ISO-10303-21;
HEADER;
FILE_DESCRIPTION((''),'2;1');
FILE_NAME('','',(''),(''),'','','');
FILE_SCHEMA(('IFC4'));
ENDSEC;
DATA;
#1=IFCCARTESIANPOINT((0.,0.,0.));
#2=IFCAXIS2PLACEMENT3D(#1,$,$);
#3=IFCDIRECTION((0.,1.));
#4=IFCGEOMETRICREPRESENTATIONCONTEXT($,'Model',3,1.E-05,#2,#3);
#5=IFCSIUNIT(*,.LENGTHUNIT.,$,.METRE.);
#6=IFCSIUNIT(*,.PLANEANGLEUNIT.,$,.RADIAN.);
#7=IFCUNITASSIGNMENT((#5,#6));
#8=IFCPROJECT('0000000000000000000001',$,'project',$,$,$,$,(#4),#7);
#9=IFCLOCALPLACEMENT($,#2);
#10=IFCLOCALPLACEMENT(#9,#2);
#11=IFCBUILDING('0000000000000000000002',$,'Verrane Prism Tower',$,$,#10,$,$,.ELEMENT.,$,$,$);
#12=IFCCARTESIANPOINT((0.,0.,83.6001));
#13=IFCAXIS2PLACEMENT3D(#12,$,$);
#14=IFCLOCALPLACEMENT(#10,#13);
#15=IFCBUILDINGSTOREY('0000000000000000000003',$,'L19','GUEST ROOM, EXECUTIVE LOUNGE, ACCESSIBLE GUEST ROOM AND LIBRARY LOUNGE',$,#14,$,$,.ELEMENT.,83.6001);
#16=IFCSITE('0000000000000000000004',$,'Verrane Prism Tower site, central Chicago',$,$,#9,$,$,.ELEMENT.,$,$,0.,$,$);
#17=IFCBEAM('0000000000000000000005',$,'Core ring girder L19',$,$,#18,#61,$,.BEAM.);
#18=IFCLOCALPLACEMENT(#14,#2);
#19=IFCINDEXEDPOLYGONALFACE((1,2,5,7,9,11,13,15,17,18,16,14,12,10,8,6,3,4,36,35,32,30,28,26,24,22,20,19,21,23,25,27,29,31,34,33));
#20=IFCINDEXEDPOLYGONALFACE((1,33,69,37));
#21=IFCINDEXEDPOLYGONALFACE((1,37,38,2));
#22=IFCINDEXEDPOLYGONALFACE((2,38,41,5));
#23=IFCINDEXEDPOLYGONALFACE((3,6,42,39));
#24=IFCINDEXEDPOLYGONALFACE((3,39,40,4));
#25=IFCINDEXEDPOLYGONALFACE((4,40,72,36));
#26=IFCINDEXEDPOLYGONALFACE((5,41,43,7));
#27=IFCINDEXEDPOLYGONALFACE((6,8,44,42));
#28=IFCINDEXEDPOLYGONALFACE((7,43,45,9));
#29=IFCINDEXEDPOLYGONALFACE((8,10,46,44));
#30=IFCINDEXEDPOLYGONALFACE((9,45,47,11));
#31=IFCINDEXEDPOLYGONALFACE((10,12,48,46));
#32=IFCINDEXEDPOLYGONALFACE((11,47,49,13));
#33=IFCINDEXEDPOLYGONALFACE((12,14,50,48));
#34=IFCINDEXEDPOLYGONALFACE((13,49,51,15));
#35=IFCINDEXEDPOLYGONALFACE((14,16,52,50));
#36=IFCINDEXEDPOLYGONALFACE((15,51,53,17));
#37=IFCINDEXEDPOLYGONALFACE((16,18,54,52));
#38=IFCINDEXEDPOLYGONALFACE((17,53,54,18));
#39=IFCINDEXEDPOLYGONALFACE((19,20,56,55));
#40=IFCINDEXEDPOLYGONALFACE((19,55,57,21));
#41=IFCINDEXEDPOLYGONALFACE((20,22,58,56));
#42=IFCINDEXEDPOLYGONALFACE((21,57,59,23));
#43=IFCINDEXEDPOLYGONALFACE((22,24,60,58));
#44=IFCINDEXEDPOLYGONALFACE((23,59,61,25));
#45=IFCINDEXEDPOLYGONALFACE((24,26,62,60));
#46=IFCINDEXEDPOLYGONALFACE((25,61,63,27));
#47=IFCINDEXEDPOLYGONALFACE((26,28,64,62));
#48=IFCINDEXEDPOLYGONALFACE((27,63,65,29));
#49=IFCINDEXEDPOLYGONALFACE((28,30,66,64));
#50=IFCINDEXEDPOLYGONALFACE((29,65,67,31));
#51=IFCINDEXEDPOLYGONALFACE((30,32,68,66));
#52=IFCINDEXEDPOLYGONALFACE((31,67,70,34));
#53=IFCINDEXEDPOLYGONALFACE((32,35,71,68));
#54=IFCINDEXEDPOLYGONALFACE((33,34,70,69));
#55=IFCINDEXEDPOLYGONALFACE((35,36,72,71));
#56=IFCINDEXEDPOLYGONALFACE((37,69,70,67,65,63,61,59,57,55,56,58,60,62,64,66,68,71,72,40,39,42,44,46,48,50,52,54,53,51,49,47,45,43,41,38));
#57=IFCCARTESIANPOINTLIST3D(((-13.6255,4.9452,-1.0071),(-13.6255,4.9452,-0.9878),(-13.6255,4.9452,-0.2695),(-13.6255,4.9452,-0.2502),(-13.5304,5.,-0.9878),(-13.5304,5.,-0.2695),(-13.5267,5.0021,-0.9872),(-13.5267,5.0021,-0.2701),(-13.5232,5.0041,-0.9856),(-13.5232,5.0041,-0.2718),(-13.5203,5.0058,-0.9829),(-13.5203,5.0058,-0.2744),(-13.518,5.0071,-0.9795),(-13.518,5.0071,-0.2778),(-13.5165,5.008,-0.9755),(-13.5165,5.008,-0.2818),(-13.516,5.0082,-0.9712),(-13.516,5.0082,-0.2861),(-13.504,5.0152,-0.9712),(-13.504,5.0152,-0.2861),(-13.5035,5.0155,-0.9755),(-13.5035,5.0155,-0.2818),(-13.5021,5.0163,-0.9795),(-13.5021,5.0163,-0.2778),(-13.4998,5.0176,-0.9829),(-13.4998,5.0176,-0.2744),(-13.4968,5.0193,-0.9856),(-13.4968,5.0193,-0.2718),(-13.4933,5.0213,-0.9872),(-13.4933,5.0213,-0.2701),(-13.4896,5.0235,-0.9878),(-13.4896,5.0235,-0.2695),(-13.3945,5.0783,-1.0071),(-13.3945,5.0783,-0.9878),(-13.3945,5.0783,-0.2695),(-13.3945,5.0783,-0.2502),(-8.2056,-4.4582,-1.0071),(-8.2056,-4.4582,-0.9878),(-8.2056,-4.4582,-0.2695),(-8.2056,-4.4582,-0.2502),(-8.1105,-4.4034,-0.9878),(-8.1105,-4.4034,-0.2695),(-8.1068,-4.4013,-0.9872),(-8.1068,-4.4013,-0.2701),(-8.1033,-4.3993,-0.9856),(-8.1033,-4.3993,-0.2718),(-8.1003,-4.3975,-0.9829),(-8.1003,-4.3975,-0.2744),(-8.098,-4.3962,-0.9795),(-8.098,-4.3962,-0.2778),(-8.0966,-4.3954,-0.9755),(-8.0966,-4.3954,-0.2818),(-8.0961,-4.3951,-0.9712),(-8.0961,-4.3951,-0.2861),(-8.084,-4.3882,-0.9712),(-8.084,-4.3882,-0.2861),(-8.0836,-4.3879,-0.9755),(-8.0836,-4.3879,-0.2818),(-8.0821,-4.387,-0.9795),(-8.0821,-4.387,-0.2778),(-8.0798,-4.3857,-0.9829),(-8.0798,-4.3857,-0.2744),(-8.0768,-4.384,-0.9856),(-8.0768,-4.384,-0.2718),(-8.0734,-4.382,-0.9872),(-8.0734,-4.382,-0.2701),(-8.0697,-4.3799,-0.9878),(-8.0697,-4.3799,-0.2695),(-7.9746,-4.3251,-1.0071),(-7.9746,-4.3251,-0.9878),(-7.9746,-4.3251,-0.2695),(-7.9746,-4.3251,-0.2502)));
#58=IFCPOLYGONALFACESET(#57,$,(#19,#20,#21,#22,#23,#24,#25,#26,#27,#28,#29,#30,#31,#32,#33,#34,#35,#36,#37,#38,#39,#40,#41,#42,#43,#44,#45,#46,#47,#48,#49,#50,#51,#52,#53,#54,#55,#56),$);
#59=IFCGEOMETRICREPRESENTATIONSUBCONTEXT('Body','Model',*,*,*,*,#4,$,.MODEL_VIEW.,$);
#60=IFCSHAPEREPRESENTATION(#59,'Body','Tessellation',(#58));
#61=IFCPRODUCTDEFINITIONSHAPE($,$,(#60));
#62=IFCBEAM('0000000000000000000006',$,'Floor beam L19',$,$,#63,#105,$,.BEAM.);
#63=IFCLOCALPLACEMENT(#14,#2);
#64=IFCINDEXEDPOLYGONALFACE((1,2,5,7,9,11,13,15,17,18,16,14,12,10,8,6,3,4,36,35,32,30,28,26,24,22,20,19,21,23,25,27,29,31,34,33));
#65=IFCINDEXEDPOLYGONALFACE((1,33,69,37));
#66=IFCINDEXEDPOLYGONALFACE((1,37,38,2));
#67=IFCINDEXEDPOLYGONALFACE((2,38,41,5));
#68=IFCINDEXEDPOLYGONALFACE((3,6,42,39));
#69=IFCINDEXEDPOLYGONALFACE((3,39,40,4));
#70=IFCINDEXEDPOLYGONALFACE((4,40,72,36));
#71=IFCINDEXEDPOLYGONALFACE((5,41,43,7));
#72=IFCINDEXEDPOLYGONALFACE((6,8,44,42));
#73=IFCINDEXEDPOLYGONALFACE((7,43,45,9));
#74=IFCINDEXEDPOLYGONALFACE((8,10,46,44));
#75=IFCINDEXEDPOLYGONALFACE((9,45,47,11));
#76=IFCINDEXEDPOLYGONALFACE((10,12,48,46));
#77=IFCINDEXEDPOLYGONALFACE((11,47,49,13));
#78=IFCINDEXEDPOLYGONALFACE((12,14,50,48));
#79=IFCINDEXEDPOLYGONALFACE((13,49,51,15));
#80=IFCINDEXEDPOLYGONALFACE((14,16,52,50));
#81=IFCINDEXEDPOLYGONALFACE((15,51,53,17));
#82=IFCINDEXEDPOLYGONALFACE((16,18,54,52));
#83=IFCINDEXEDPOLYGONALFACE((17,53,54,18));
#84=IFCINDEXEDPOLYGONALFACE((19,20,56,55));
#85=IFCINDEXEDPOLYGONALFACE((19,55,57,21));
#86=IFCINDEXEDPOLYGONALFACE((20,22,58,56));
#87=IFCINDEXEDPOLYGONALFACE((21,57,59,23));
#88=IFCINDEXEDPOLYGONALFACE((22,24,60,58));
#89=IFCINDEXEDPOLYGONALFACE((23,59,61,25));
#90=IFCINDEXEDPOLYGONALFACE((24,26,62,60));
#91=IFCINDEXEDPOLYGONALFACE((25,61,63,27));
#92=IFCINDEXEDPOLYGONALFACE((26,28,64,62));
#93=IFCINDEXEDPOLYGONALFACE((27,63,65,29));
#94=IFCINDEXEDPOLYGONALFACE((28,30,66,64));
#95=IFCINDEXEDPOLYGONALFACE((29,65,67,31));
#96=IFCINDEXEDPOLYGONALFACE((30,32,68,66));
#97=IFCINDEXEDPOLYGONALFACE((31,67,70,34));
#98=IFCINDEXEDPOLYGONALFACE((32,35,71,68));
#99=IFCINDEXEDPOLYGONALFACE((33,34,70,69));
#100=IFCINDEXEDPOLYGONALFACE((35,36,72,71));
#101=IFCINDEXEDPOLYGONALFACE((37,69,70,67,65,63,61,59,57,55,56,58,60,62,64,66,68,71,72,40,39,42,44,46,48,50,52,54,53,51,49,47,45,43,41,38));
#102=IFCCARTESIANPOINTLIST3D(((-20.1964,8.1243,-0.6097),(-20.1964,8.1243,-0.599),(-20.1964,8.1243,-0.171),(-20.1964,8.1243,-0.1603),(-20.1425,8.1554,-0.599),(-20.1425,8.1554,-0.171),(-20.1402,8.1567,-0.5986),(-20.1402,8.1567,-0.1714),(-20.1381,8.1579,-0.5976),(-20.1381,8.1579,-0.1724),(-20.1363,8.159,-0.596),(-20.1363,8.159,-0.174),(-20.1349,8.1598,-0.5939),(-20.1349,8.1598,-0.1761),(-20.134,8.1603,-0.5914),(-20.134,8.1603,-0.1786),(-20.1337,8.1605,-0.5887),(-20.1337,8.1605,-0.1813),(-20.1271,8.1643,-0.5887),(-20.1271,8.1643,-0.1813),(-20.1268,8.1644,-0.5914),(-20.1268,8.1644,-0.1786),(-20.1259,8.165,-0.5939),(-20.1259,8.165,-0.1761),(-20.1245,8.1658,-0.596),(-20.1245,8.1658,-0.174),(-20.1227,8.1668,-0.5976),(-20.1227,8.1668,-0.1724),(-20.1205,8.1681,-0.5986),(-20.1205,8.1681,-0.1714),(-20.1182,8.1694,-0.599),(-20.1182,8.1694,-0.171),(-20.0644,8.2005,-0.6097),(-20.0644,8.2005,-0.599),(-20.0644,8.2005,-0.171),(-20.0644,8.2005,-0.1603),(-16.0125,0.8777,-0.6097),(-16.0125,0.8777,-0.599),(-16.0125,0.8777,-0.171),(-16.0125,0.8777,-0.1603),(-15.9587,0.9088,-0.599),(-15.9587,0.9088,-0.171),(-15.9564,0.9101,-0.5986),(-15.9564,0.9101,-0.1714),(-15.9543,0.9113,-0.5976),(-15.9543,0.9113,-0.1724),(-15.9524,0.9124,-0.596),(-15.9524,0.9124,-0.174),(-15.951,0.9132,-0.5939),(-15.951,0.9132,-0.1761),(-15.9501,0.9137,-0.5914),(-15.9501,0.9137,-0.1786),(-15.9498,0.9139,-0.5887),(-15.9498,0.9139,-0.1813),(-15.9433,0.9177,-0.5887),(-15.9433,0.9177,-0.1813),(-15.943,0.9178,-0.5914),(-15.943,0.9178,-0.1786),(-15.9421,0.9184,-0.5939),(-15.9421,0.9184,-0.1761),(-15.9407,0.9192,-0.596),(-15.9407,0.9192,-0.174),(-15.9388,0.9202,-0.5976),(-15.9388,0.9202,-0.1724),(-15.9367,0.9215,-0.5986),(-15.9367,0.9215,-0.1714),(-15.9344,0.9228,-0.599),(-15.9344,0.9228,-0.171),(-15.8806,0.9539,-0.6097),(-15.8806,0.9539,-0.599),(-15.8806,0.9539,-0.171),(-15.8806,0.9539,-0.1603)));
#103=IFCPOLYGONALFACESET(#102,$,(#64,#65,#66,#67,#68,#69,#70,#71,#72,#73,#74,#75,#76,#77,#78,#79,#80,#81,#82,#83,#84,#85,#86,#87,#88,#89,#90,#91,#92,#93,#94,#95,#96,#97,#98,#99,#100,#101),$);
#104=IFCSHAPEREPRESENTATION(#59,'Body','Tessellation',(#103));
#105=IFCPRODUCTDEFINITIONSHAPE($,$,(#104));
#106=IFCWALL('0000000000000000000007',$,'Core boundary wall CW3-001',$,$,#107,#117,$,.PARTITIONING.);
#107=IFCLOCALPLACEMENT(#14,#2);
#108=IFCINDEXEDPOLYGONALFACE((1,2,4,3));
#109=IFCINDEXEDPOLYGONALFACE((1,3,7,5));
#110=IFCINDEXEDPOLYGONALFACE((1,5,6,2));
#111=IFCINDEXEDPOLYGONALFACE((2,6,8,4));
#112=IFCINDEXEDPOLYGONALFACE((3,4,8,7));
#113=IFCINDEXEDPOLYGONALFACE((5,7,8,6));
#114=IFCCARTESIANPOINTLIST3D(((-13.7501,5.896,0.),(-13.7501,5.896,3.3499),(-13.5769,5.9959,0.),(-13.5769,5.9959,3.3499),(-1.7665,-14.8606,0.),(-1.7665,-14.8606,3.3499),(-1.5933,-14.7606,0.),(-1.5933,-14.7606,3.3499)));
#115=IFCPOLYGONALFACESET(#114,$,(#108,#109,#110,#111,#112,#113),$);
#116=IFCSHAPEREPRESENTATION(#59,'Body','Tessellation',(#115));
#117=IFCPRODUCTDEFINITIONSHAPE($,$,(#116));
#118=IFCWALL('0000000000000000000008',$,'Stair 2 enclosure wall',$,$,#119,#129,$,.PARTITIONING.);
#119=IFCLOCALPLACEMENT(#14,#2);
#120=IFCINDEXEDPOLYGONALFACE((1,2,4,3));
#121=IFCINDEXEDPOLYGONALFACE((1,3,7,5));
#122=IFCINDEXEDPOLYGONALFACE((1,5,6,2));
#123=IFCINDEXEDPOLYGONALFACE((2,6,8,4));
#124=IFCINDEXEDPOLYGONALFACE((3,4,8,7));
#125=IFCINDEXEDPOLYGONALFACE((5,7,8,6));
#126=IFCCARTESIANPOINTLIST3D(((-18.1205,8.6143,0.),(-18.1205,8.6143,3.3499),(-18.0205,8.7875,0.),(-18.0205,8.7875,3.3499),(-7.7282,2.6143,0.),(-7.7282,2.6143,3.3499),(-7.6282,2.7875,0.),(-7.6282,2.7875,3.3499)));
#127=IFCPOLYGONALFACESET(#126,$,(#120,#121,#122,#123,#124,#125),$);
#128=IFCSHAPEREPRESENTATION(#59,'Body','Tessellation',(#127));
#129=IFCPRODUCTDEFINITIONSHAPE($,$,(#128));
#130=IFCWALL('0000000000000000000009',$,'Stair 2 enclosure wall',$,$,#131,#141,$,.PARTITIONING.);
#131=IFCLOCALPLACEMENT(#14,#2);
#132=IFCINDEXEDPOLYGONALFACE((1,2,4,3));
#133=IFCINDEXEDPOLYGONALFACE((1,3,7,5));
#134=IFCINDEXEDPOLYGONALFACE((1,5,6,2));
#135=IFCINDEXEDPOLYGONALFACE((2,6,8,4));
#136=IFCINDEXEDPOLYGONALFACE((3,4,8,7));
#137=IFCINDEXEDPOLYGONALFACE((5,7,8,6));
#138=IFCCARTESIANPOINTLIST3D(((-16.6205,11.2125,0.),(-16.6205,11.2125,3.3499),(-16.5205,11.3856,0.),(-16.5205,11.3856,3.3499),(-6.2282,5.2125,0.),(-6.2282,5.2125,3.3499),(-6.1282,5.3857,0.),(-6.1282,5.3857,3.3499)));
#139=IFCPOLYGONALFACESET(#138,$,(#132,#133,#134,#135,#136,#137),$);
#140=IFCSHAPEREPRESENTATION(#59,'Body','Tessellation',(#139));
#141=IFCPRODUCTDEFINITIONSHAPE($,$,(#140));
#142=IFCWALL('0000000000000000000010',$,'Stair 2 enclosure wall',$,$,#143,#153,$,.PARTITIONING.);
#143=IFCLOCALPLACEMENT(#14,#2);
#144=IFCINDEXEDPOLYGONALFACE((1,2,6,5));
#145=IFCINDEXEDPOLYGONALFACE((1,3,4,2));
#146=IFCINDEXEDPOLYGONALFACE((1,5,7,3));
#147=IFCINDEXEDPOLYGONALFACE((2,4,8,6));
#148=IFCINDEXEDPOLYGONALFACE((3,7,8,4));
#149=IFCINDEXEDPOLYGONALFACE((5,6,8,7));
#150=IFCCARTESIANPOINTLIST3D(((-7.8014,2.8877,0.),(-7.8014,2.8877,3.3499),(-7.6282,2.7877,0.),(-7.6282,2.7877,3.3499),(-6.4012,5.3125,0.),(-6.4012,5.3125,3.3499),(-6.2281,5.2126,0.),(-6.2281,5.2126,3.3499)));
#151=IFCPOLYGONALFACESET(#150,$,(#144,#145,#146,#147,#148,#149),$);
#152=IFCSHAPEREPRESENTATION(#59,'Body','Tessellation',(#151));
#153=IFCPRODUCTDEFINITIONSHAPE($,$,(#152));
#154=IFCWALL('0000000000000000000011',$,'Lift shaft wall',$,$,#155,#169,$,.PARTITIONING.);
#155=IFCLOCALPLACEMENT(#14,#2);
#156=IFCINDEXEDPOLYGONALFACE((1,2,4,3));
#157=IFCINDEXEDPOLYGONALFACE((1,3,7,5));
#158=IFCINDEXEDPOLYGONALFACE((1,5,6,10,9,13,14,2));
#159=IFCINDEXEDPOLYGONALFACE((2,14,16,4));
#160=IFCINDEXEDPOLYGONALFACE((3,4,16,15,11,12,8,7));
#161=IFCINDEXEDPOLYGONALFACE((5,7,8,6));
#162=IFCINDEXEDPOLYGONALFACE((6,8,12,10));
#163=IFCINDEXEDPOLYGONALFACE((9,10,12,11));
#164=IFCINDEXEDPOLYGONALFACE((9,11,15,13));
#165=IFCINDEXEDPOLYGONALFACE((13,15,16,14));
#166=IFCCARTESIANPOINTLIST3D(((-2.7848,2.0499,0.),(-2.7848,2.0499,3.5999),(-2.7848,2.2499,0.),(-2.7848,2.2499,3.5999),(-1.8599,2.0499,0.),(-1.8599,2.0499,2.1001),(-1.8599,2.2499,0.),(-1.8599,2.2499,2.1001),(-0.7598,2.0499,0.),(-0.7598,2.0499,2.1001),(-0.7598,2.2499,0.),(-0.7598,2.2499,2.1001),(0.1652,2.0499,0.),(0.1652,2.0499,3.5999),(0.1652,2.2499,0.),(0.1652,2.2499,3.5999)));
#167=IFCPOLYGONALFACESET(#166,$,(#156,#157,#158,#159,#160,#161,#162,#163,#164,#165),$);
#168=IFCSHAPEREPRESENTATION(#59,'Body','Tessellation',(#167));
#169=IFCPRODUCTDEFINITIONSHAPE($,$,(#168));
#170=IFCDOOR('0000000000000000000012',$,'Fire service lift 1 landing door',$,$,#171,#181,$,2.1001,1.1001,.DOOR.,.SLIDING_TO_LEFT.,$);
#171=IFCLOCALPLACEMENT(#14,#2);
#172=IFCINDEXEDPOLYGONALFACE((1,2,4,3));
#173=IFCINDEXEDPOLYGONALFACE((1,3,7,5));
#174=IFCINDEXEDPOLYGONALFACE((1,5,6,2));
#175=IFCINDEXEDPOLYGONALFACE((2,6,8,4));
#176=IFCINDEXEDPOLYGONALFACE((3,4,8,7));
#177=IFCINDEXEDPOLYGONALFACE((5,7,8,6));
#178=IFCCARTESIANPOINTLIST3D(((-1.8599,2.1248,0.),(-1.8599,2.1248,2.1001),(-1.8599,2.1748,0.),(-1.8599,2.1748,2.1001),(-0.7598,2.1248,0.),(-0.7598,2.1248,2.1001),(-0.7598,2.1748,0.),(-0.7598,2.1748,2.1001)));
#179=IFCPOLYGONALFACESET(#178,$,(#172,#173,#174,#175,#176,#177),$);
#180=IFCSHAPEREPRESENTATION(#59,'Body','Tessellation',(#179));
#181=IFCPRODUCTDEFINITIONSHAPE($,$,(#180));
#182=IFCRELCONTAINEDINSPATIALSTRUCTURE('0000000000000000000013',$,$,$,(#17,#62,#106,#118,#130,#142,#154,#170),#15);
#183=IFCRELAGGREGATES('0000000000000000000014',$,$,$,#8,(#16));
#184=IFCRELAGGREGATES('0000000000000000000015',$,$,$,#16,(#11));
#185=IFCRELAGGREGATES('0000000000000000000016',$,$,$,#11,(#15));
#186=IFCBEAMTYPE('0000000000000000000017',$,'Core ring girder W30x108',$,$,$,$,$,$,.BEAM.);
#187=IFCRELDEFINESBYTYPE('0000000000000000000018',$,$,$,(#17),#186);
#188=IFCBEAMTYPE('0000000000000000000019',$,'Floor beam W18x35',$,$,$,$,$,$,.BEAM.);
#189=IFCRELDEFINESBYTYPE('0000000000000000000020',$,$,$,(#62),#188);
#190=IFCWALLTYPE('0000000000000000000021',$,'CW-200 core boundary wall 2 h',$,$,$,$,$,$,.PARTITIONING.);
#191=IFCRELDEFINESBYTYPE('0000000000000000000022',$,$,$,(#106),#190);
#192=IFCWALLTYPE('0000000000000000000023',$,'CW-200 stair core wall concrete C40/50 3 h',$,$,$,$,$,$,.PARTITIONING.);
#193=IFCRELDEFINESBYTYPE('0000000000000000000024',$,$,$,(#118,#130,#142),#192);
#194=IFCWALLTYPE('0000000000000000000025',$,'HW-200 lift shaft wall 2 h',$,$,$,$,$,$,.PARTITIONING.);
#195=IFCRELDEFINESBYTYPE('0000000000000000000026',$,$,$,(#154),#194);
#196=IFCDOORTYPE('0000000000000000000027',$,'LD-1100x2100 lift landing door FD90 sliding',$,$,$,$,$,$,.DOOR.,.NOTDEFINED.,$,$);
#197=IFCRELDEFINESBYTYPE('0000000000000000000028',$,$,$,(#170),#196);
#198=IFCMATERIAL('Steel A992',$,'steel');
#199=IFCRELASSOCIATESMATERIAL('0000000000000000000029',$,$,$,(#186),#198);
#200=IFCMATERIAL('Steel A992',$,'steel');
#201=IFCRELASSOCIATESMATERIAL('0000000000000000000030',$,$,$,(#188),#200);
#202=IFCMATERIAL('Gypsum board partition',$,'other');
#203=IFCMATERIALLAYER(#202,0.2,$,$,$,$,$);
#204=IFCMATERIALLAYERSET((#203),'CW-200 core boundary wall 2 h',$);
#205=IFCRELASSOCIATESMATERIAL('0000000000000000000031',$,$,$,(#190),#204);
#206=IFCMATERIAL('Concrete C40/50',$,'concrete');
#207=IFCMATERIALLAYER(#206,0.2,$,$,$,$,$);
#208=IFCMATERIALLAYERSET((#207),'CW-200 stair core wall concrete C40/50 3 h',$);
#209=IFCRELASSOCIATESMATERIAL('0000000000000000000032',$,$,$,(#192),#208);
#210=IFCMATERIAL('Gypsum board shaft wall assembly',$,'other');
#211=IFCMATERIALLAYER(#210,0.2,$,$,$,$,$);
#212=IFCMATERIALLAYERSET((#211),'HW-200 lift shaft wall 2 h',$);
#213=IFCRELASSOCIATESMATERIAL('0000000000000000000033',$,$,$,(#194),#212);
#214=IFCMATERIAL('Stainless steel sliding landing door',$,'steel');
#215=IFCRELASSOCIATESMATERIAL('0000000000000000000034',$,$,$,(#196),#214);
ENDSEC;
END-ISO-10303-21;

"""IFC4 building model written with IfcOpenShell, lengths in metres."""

from ifc_helpers import new_model, si_unit, direction, frame, frame_2d, origin, origin_2d, place, context, subcontext, project, spatial, rectangle, i_section, extrude, material, layer, layer_set, material_profile, profile_set, type_object, element, fill, save


model = new_model("IFC4")

# Units and contexts
model_context = context("Model", 3, precision=1e-05, world=origin(), true_north=direction((0.0, 1.0)))
body_context = subcontext(model_context, "Body", "Model", "MODEL_VIEW")
ifc_project = project(units=[si_unit("LENGTHUNIT", "METRE"), si_unit("PLANEANGLEUNIT", "RADIAN")], contexts=[model_context])

# Site, building, storey
site_placement = place(None, origin())
site = spatial("IfcSite", under=ifc_project, at=site_placement, Name="Verrane Prism Tower site, central Chicago", CompositionType="ELEMENT", RefElevation=0.0)
building_placement = place(site_placement, origin())
building = spatial("IfcBuilding", under=site, at=building_placement, Name="Verrane Prism Tower", CompositionType="ELEMENT")
storey_placement = place(building_placement, frame((0.0, 0.0, 83.6001)))
storey = spatial("IfcBuildingStorey", under=building, at=storey_placement, Name="L19", Description="GUEST ROOM, EXECUTIVE LOUNGE, ACCESSIBLE GUEST ROOM AND LIBRARY LOUNGE", CompositionType="ELEMENT", Elevation=83.6001)

# Beams
ifc_material_1 = material(Name="Steel A992", Category="steel")
ifc_material_profile_1 = material_profile(ifc_material_1, i_section(OverallWidth=0.2666, OverallDepth=0.7568, WebThickness=0.0139, FlangeThickness=0.0193, FilletRadius=0.0166, at=origin_2d()), Name="W30x108")
ifc_profile_set_1 = profile_set([ifc_material_profile_1], Name="Steel A992")
beam_type_1 = type_object("IfcBeamType", Name="Core ring girder W30x108", PredefinedType="BEAM", material=ifc_profile_set_1)
beam_1_placement = place(storey_placement, frame((-13.51, 5.0117, -0.6287), z_axis=(0.499372, -0.866388, 0.0), x_axis=(0.866388, 0.499372, 0.0)))
element("IfcBeam", 1, at=beam_1_placement, inside=storey, type_object=beam_type_1, Name="Core ring girder L19", PredefinedType="BEAM", context=body_context, shape_type="SweptSolid", body=[
    extrude(i_section(OverallWidth=0.2666, OverallDepth=0.7568, WebThickness=0.0139, FlangeThickness=0.0193, FilletRadius=0.0166, at=origin_2d()), origin(), (0.0, 0.0, 1.0), 10.8535),
])
ifc_material_2 = material(Name="Steel A992", Category="steel")
ifc_material_profile_2 = material_profile(ifc_material_2, i_section(OverallWidth=0.1523, OverallDepth=0.4495, WebThickness=0.0076, FlangeThickness=0.0107, FilletRadius=0.0103, at=origin_2d()), Name="W18x35")
ifc_profile_set_2 = profile_set([ifc_material_profile_2], Name="Steel A992")
beam_type_2 = type_object("IfcBeamType", Name="Floor beam W18x35", PredefinedType="BEAM", material=ifc_profile_set_2)
beam_2_placement = place(storey_placement, frame((-15.9465, 0.9158, -0.385), z_axis=(-0.500002, 0.866024, 0.0), x_axis=(-0.866024, -0.500002, 0.0)))
element("IfcBeam", 2, at=beam_2_placement, inside=storey, type_object=beam_type_2, Name="Floor beam L19", PredefinedType="BEAM", context=body_context, shape_type="SweptSolid", body=[
    extrude(i_section(OverallWidth=0.1523, OverallDepth=0.4495, WebThickness=0.0076, FlangeThickness=0.0107, FilletRadius=0.0103, at=origin_2d()), origin(), (0.0, 0.0, 1.0), 8.3677),
])

# Walls
ifc_material_3 = material(Name="Gypsum board partition", Category="other")
ifc_layer_1 = layer(ifc_material_3, 0.2)
ifc_layer_set_1 = layer_set([ifc_layer_1], Name="CW-200 core boundary wall 2 h")
wall_type_1 = type_object("IfcWallType", Name="CW-200 core boundary wall 2 h", PredefinedType="PARTITIONING", material=ifc_layer_set_1)
wall_1_placement = place(storey_placement, frame((-13.6636, 5.946, 0.0), z_axis=(0.0, 0.0, 1.0), x_axis=(0.499994, -0.866029, 0.0)))
element("IfcWall", 3, at=wall_1_placement, inside=storey, type_object=wall_type_1, Name="Core boundary wall CW3-001", PredefinedType="PARTITIONING", context=body_context, shape_type="SweptSolid", body=[
    extrude(rectangle(XDim=23.9675, YDim=0.2, at=frame_2d((11.9839, 0.0))), origin(), (0.0, 0.0, 1.0), 3.3499),
])
ifc_material_4 = material(Name="Concrete C40/50", Category="concrete")
ifc_layer_2 = layer(ifc_material_4, 0.2)
ifc_layer_set_2 = layer_set([ifc_layer_2], Name="CW-200 stair core wall concrete C40/50 3 h")
wall_type_2 = type_object("IfcWallType", Name="CW-200 stair core wall concrete C40/50 3 h", PredefinedType="PARTITIONING", material=ifc_layer_set_2)
for number, where, z_axis, x_axis, name in (
    (4, (-7.6782, 2.7009, 0.0), (0.0, 0.0, 1.0), (-0.866026, 0.499999, 0.0), "Stair 2 enclosure wall"),
    (5, (-6.1782, 5.2991, 0.0), (0.0, 0.0, 1.0), (-0.866026, 0.499999, 0.0), "Stair 2 enclosure wall"),
):
    element("IfcWall", number, at=place(storey_placement, frame(where, z_axis=z_axis, x_axis=x_axis)), inside=storey, type_object=wall_type_2, Name=name, PredefinedType="PARTITIONING", context=body_context, shape_type="SweptSolid", body=[
        extrude(rectangle(XDim=12.0, YDim=0.2, at=frame_2d((6.0, 0.0))), origin(), (0.0, 0.0, 1.0), 3.3499),
    ])
wall_2_placement = place(storey_placement, frame((-6.3147, 5.2625, 0.0), z_axis=(0.0, 0.0, 1.0), x_axis=(-0.50005, -0.865997, 0.0)))
element("IfcWall", 6, at=wall_2_placement, inside=storey, type_object=wall_type_2, Name="Stair 2 enclosure wall", PredefinedType="PARTITIONING", context=body_context, shape_type="SweptSolid", body=[
    extrude(rectangle(XDim=2.8, YDim=0.2, at=frame_2d((1.3999, 0.0))), origin(), (0.0, 0.0, 1.0), 3.3499),
])

# Wall, opening, door
ifc_material_5 = material(Name="Gypsum board shaft wall assembly", Category="other")
ifc_layer_3 = layer(ifc_material_5, 0.2)
ifc_layer_set_3 = layer_set([ifc_layer_3], Name="HW-200 lift shaft wall 2 h")
wall_type_3 = type_object("IfcWallType", Name="HW-200 lift shaft wall 2 h", PredefinedType="PARTITIONING", material=ifc_layer_set_3)
wall_3_placement = place(storey_placement, frame((-2.7849, 2.1499, 0.0), z_axis=(0.0, 0.0, 1.0), x_axis=(1.0, 0.0, 0.0)))
wall_3 = element("IfcWall", 7, at=wall_3_placement, inside=storey, type_object=wall_type_3, Name="Lift shaft wall", PredefinedType="PARTITIONING", context=body_context, shape_type="SweptSolid", body=[
    extrude(rectangle(XDim=2.95, YDim=0.2, at=frame_2d((1.4751, 0.0))), origin(), (0.0, 0.0, 1.0), 3.5999),
])
opening_1_placement = place(wall_3_placement, frame((0.925, 0.0, 0.0)))
opening_1 = element("IfcOpeningElement", 8, at=opening_1_placement, cuts=wall_3, PredefinedType="OPENING", context=body_context, shape_type="SweptSolid", body=[
    extrude(rectangle(XDim=1.1001, YDim=2.1001, at=frame_2d((0.55, 1.05))), frame((0.0, 0.1099, 0.0), z_axis=(0.0, -1.0, 0.0), x_axis=(1.0, 0.0, 0.0)), (0.0, 0.0, 1.0), 0.22),
])
ifc_material_6 = material(Name="Stainless steel sliding landing door", Category="steel")
door_type_1 = type_object("IfcDoorType", Name="LD-1100x2100 lift landing door FD90 sliding", OperationType="NOTDEFINED", PredefinedType="DOOR", material=ifc_material_6)
door_1_placement = place(opening_1_placement, origin())
door_1 = element("IfcDoor", 9, at=door_1_placement, inside=storey, type_object=door_type_1, Name="Fire service lift 1 landing door", OperationType="SLIDING_TO_LEFT", OverallHeight=2.1001, OverallWidth=1.1001, PredefinedType="DOOR", context=body_context, shape_type="SweptSolid", body=[
    extrude(rectangle(XDim=1.1001, YDim=2.1001, at=frame_2d((0.55, 1.05))), frame((0.0, 0.0249, 0.0), z_axis=(0.0, -1.0, 0.0), x_axis=(1.0, 0.0, 0.0)), (0.0, 0.0, 1.0), 0.05),
])
fill(opening_1, door_1)

save(model, "model.ifc")
